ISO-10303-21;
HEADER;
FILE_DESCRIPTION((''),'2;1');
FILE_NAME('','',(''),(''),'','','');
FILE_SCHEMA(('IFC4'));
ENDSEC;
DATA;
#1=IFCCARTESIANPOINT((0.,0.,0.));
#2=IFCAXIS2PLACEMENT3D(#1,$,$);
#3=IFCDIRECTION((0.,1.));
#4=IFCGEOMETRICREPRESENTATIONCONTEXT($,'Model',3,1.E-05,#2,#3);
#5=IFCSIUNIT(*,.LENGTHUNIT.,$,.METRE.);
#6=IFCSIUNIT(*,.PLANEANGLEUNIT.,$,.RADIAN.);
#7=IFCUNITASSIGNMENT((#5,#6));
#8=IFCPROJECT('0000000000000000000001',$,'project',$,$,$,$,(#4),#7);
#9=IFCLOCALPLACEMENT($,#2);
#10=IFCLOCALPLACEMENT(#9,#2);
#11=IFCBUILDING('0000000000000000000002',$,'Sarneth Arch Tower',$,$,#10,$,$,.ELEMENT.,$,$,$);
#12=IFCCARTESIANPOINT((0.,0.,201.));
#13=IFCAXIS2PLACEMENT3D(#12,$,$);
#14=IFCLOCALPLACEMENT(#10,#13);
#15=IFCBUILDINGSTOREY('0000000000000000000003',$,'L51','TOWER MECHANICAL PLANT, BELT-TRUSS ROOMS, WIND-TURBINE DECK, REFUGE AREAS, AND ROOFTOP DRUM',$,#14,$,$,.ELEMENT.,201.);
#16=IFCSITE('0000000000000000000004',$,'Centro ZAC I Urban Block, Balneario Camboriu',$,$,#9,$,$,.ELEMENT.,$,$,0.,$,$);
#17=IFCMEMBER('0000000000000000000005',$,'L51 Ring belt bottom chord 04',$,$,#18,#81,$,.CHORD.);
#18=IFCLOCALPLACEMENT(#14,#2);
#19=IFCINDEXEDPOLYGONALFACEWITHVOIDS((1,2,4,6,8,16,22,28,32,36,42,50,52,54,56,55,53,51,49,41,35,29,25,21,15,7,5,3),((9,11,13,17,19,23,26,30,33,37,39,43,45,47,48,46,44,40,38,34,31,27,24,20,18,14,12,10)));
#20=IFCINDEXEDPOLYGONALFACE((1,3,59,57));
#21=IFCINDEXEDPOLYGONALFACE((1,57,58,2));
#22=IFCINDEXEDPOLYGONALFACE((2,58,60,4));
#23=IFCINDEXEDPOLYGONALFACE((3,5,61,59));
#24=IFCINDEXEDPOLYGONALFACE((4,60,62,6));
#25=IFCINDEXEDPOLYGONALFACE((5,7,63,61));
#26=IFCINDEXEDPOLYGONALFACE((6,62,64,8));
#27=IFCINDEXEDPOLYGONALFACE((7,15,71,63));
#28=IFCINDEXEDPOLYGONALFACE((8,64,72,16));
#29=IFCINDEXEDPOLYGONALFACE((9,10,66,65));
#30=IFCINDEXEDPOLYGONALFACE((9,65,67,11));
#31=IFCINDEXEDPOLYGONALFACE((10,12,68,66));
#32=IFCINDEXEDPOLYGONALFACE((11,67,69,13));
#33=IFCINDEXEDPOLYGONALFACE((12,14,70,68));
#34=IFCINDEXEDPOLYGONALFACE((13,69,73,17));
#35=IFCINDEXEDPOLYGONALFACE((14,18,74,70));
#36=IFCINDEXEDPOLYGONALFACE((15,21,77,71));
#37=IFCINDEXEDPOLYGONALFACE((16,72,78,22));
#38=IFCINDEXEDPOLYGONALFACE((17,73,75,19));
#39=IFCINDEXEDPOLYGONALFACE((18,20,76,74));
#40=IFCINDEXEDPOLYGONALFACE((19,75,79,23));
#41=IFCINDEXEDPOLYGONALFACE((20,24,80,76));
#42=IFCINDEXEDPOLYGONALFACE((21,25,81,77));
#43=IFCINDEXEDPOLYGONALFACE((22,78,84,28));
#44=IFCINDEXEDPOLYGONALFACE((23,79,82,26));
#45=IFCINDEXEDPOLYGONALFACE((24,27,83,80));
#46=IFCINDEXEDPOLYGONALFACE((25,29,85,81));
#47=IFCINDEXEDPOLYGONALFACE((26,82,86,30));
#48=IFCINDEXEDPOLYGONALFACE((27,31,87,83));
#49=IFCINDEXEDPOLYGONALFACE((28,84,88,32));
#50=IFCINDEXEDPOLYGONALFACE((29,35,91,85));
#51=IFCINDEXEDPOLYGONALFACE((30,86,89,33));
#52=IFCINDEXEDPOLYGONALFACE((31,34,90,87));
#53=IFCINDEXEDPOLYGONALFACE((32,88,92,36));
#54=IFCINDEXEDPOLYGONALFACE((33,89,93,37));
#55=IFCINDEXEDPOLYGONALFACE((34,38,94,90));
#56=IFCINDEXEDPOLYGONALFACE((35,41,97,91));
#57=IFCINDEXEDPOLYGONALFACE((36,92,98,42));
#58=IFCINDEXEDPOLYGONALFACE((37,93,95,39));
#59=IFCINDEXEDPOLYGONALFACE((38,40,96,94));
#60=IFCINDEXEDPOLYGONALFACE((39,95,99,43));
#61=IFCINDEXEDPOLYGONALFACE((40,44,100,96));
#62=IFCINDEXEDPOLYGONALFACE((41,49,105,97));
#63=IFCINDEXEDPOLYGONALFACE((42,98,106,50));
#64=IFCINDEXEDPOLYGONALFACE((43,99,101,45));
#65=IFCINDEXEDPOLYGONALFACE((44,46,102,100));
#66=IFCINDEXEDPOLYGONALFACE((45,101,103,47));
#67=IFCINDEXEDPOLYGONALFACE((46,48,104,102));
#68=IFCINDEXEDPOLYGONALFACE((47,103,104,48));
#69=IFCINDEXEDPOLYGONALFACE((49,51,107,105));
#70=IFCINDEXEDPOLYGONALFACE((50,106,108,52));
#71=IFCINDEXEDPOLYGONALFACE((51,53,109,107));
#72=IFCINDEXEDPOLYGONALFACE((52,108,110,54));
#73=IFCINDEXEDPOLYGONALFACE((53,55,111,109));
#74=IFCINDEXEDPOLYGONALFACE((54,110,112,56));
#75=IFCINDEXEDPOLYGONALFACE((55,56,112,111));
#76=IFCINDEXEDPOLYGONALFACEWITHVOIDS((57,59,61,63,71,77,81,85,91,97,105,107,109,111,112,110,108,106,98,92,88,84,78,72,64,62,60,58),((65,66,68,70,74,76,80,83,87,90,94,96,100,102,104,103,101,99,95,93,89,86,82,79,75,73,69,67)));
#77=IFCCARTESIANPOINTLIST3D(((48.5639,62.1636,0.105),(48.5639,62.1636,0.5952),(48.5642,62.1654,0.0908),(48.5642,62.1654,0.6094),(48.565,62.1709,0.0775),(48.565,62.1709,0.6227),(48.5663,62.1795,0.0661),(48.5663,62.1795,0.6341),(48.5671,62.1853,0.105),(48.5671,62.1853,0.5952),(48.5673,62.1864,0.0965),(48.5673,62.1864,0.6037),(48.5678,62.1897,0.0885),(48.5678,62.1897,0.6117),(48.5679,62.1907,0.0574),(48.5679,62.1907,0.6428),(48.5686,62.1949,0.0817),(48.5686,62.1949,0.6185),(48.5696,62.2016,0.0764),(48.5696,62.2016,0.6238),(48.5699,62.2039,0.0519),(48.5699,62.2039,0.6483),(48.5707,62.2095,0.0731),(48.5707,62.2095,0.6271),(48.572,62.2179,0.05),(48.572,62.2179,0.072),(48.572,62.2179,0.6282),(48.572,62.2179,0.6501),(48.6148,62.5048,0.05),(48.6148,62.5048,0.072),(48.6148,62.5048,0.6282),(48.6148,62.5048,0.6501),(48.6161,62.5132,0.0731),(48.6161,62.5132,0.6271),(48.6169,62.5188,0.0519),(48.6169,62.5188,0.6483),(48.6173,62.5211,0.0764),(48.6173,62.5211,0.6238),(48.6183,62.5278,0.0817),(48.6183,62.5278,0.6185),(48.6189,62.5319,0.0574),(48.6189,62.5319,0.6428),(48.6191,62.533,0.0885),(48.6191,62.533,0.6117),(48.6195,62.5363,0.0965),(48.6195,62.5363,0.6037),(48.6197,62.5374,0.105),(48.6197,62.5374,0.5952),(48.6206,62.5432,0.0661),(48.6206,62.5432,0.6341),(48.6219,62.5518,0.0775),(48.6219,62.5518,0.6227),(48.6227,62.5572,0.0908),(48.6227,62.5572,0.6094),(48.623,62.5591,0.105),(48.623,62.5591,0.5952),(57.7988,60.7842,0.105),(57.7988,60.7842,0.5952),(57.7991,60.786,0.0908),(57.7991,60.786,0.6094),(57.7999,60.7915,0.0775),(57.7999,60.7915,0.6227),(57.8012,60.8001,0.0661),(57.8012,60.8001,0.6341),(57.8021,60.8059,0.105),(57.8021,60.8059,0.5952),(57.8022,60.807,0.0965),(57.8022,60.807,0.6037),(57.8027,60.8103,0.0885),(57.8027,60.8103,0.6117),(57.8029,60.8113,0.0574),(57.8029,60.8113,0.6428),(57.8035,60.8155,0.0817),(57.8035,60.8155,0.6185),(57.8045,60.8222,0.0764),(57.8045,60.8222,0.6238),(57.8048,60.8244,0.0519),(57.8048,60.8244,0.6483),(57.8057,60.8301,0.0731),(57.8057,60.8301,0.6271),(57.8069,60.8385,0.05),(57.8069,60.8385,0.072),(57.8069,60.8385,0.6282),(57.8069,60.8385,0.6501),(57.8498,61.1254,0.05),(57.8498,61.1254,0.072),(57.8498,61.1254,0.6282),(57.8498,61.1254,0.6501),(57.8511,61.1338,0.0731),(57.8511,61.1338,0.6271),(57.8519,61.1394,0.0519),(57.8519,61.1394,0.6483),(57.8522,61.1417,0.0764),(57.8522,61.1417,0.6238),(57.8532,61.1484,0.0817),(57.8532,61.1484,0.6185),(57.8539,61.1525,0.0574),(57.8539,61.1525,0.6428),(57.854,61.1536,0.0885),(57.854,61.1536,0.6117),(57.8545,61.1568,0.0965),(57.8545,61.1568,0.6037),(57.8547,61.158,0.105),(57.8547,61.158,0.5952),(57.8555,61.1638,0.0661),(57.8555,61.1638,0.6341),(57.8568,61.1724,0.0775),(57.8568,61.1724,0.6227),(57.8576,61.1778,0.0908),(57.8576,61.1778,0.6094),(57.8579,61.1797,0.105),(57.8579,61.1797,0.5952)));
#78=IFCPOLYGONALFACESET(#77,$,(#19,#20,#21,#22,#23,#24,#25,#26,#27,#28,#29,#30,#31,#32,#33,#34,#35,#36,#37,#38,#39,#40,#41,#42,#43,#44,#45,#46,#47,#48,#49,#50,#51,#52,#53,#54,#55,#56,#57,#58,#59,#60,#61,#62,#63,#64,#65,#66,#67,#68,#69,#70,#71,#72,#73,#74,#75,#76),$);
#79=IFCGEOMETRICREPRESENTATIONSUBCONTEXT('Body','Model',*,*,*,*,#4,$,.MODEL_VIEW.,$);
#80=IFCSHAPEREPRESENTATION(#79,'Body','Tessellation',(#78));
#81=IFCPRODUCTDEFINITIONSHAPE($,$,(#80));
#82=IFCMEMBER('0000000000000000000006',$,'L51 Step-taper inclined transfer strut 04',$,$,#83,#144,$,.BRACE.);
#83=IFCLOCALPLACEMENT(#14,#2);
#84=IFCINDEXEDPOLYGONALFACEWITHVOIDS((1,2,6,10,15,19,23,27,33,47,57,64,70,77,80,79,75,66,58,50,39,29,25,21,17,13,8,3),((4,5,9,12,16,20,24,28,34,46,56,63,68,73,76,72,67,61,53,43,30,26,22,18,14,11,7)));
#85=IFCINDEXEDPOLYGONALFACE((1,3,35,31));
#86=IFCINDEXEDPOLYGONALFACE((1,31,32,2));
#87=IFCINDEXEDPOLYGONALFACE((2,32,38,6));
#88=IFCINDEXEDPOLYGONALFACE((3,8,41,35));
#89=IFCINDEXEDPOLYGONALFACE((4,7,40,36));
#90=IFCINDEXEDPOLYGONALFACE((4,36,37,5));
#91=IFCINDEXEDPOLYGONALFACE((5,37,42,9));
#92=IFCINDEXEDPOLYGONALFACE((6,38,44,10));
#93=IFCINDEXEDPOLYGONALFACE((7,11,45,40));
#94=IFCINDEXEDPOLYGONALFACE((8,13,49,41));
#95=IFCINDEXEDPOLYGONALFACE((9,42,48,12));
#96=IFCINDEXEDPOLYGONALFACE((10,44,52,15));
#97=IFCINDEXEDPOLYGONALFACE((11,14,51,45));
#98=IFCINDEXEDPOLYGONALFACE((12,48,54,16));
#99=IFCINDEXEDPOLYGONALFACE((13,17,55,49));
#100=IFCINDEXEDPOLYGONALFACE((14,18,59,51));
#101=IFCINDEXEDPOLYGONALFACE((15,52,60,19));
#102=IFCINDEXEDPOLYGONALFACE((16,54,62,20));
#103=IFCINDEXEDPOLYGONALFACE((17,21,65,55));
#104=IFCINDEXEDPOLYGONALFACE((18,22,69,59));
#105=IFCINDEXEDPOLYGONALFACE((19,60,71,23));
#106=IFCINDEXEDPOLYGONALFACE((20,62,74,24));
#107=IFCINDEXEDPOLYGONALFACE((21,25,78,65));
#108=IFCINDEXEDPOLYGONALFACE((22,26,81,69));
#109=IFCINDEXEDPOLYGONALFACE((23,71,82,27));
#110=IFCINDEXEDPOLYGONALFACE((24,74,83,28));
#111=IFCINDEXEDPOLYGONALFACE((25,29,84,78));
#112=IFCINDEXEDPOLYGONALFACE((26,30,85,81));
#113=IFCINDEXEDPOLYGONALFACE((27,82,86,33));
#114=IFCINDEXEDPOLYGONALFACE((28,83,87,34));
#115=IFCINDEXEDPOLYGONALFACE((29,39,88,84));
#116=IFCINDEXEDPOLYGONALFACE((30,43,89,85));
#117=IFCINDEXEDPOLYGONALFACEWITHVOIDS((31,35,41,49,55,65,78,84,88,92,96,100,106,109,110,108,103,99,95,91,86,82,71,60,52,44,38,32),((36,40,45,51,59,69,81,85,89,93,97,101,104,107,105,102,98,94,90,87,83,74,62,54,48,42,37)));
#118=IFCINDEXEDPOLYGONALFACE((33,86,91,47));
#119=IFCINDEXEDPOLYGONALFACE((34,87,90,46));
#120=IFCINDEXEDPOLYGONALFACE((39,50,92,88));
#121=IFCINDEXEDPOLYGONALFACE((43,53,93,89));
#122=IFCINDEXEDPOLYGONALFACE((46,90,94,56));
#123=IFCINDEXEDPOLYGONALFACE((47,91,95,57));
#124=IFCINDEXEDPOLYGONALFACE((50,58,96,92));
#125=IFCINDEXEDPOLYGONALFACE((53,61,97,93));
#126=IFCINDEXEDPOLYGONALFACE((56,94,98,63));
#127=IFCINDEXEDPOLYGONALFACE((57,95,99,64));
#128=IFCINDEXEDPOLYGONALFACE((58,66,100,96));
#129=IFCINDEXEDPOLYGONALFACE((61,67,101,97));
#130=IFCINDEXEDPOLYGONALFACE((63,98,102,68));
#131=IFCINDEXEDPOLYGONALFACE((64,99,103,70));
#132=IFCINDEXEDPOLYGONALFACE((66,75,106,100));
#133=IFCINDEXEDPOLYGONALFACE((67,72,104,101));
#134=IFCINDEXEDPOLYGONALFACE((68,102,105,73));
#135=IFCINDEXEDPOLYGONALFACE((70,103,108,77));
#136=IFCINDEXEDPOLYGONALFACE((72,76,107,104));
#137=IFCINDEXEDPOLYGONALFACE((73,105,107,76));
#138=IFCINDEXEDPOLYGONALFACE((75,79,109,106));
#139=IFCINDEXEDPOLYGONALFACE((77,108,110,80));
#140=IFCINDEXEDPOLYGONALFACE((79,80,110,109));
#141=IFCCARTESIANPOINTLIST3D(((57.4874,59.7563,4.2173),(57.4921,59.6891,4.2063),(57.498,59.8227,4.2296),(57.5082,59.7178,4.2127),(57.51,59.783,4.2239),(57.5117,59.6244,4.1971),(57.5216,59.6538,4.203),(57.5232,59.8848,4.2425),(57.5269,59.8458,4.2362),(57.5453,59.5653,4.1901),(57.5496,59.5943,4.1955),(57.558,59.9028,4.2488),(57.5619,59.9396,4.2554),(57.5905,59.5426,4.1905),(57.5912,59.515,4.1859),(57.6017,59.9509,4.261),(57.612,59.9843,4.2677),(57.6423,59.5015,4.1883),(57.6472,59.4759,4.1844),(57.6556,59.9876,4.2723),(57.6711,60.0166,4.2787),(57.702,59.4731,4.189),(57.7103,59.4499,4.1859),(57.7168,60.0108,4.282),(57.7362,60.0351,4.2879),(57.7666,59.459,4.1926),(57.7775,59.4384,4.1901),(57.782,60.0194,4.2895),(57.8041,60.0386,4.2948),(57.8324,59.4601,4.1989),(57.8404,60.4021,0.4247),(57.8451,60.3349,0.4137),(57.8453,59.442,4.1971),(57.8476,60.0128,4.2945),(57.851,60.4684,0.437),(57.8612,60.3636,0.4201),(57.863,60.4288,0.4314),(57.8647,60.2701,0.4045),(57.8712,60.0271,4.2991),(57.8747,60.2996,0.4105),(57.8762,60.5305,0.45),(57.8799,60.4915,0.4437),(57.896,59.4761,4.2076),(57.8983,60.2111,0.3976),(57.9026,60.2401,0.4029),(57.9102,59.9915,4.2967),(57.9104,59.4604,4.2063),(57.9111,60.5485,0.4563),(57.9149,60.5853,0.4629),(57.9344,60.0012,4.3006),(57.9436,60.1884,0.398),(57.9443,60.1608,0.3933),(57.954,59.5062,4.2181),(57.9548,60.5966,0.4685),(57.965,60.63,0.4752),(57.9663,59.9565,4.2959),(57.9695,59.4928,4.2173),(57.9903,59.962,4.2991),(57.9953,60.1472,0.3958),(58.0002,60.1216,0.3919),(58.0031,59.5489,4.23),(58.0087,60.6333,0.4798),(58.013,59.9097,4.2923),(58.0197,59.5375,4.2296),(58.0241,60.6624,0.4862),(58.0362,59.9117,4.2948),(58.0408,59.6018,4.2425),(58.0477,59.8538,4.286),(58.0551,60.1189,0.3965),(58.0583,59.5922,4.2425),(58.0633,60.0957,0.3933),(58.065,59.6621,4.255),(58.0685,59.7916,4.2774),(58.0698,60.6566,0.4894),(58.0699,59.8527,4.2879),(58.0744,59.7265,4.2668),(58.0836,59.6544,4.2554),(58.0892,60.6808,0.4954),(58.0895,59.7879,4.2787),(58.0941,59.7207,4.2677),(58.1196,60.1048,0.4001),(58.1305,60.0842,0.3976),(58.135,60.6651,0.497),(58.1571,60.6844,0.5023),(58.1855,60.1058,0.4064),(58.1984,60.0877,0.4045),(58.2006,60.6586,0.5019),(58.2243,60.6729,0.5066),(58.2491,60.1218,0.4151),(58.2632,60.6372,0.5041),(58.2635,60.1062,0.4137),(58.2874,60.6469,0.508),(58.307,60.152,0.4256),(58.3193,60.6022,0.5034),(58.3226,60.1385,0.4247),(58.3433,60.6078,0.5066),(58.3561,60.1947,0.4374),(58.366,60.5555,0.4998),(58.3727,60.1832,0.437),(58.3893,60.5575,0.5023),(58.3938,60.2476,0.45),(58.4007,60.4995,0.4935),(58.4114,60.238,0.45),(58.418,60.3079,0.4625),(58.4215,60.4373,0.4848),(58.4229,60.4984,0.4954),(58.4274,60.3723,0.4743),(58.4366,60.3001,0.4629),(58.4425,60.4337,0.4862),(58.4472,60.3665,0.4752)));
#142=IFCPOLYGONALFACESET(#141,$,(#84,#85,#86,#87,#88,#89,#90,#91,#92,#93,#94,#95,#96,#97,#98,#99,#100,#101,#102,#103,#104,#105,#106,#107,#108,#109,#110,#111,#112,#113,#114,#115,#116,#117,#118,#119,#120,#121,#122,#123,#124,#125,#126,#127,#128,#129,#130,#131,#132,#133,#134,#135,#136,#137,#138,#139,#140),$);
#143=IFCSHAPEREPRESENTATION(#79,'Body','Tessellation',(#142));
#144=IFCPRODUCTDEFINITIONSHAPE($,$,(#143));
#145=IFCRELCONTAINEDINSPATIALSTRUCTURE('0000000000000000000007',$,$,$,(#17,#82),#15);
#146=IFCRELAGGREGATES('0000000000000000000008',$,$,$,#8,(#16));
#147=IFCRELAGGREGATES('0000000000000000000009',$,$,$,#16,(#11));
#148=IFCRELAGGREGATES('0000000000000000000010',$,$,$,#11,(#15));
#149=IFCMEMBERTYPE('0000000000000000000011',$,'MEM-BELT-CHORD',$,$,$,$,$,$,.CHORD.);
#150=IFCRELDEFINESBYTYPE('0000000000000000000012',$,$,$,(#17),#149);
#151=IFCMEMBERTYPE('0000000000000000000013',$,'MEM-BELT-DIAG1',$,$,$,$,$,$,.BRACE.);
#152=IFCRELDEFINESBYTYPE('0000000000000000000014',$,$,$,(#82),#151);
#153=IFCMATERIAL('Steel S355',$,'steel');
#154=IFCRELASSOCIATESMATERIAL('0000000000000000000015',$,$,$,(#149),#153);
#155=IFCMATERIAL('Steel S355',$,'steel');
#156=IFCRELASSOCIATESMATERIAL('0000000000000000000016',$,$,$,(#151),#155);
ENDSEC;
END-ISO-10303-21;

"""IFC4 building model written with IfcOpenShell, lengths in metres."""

from ifc_helpers import new_model, si_unit, direction, frame, origin, origin_2d, place, context, subcontext, project, spatial, hollow_rectangle, hollow_circle, extrude, material, material_profile, profile_set, type_object, element, save


model = new_model("IFC4")

# Units and contexts
model_context = context("Model", 3, precision=1e-05, world=origin(), true_north=direction((0.0, 1.0)))
body_context = subcontext(model_context, "Body", "Model", "MODEL_VIEW")
ifc_project = project(units=[si_unit("LENGTHUNIT", "METRE"), si_unit("PLANEANGLEUNIT", "RADIAN")], contexts=[model_context])

# Site, building, storey
site_placement = place(None, origin())
site = spatial("IfcSite", under=ifc_project, at=site_placement, Name="Centro ZAC I Urban Block, Balneario Camboriu", CompositionType="ELEMENT", RefElevation=0.0)
building_placement = place(site_placement, origin())
building = spatial("IfcBuilding", under=site, at=building_placement, Name="Sarneth Arch Tower", CompositionType="ELEMENT")
storey_placement = place(building_placement, frame((0.0, 0.0, 201.0)))
storey = spatial("IfcBuildingStorey", under=building, at=storey_placement, Name="L51", Description="TOWER MECHANICAL PLANT, BELT-TRUSS ROOMS, WIND-TURBINE DECK, REFUGE AREAS, AND ROOFTOP DRUM", CompositionType="ELEMENT", Elevation=201.0)

# Members
ifc_material_1 = material(Name="Steel S355", Category="steel")
ifc_material_profile_1 = material_profile(ifc_material_1, hollow_rectangle(XDim=0.3999, YDim=0.6001, WallThickness=0.022, InnerFilletRadius=0.033, OuterFilletRadius=0.0549, at=origin_2d()), Name="RHS600x400x22")
ifc_profile_set_1 = profile_set([ifc_material_profile_1], Name="Steel S355")
member_type_1 = type_object("IfcMemberType", Name="MEM-BELT-CHORD", PredefinedType="CHORD", material=ifc_profile_set_1)
member_1_placement = place(storey_placement, frame((57.8284, 60.9819, 0.3501), z_axis=(-0.989028, 0.147729, 0.0), x_axis=(-0.147729, -0.989028, 0.0)))
element("IfcMember", 1, at=member_1_placement, inside=storey, type_object=member_type_1, Name="L51 Ring belt bottom chord 04", PredefinedType="CHORD", context=body_context, shape_type="SweptSolid", body=[
    extrude(hollow_rectangle(XDim=0.3999, YDim=0.6001, WallThickness=0.022, InnerFilletRadius=0.033, OuterFilletRadius=0.0549, at=origin_2d()), origin(), (0.0, 0.0, 1.0), 9.3374),
])
ifc_material_2 = material(Name="Steel S355", Category="steel")
ifc_material_profile_2 = material_profile(ifc_material_2, hollow_circle(Radius=0.3049, WallThickness=0.02, at=origin_2d()), Name="CHS610x20")
ifc_profile_set_2 = profile_set([ifc_material_profile_2], Name="Steel S355")
member_type_2 = type_object("IfcMemberType", Name="MEM-BELT-DIAG1", PredefinedType="BRACE", material=ifc_profile_set_2)
member_2_placement = place(storey_placement, frame((58.1438, 60.3843, 0.45), z_axis=(-0.091381, -0.167153, 0.981687), x_axis=(0.877439, -0.479689, 0.0)))
element("IfcMember", 2, at=member_2_placement, inside=storey, type_object=member_type_2, Name="L51 Step-taper inclined transfer strut 04", PredefinedType="BRACE", context=body_context, shape_type="SweptSolid", body=[
    extrude(hollow_circle(Radius=0.3049, WallThickness=0.02, at=origin_2d()), origin(), (0.0, 0.0, 1.0), 3.8633),
])

save(model, "model.ifc")
